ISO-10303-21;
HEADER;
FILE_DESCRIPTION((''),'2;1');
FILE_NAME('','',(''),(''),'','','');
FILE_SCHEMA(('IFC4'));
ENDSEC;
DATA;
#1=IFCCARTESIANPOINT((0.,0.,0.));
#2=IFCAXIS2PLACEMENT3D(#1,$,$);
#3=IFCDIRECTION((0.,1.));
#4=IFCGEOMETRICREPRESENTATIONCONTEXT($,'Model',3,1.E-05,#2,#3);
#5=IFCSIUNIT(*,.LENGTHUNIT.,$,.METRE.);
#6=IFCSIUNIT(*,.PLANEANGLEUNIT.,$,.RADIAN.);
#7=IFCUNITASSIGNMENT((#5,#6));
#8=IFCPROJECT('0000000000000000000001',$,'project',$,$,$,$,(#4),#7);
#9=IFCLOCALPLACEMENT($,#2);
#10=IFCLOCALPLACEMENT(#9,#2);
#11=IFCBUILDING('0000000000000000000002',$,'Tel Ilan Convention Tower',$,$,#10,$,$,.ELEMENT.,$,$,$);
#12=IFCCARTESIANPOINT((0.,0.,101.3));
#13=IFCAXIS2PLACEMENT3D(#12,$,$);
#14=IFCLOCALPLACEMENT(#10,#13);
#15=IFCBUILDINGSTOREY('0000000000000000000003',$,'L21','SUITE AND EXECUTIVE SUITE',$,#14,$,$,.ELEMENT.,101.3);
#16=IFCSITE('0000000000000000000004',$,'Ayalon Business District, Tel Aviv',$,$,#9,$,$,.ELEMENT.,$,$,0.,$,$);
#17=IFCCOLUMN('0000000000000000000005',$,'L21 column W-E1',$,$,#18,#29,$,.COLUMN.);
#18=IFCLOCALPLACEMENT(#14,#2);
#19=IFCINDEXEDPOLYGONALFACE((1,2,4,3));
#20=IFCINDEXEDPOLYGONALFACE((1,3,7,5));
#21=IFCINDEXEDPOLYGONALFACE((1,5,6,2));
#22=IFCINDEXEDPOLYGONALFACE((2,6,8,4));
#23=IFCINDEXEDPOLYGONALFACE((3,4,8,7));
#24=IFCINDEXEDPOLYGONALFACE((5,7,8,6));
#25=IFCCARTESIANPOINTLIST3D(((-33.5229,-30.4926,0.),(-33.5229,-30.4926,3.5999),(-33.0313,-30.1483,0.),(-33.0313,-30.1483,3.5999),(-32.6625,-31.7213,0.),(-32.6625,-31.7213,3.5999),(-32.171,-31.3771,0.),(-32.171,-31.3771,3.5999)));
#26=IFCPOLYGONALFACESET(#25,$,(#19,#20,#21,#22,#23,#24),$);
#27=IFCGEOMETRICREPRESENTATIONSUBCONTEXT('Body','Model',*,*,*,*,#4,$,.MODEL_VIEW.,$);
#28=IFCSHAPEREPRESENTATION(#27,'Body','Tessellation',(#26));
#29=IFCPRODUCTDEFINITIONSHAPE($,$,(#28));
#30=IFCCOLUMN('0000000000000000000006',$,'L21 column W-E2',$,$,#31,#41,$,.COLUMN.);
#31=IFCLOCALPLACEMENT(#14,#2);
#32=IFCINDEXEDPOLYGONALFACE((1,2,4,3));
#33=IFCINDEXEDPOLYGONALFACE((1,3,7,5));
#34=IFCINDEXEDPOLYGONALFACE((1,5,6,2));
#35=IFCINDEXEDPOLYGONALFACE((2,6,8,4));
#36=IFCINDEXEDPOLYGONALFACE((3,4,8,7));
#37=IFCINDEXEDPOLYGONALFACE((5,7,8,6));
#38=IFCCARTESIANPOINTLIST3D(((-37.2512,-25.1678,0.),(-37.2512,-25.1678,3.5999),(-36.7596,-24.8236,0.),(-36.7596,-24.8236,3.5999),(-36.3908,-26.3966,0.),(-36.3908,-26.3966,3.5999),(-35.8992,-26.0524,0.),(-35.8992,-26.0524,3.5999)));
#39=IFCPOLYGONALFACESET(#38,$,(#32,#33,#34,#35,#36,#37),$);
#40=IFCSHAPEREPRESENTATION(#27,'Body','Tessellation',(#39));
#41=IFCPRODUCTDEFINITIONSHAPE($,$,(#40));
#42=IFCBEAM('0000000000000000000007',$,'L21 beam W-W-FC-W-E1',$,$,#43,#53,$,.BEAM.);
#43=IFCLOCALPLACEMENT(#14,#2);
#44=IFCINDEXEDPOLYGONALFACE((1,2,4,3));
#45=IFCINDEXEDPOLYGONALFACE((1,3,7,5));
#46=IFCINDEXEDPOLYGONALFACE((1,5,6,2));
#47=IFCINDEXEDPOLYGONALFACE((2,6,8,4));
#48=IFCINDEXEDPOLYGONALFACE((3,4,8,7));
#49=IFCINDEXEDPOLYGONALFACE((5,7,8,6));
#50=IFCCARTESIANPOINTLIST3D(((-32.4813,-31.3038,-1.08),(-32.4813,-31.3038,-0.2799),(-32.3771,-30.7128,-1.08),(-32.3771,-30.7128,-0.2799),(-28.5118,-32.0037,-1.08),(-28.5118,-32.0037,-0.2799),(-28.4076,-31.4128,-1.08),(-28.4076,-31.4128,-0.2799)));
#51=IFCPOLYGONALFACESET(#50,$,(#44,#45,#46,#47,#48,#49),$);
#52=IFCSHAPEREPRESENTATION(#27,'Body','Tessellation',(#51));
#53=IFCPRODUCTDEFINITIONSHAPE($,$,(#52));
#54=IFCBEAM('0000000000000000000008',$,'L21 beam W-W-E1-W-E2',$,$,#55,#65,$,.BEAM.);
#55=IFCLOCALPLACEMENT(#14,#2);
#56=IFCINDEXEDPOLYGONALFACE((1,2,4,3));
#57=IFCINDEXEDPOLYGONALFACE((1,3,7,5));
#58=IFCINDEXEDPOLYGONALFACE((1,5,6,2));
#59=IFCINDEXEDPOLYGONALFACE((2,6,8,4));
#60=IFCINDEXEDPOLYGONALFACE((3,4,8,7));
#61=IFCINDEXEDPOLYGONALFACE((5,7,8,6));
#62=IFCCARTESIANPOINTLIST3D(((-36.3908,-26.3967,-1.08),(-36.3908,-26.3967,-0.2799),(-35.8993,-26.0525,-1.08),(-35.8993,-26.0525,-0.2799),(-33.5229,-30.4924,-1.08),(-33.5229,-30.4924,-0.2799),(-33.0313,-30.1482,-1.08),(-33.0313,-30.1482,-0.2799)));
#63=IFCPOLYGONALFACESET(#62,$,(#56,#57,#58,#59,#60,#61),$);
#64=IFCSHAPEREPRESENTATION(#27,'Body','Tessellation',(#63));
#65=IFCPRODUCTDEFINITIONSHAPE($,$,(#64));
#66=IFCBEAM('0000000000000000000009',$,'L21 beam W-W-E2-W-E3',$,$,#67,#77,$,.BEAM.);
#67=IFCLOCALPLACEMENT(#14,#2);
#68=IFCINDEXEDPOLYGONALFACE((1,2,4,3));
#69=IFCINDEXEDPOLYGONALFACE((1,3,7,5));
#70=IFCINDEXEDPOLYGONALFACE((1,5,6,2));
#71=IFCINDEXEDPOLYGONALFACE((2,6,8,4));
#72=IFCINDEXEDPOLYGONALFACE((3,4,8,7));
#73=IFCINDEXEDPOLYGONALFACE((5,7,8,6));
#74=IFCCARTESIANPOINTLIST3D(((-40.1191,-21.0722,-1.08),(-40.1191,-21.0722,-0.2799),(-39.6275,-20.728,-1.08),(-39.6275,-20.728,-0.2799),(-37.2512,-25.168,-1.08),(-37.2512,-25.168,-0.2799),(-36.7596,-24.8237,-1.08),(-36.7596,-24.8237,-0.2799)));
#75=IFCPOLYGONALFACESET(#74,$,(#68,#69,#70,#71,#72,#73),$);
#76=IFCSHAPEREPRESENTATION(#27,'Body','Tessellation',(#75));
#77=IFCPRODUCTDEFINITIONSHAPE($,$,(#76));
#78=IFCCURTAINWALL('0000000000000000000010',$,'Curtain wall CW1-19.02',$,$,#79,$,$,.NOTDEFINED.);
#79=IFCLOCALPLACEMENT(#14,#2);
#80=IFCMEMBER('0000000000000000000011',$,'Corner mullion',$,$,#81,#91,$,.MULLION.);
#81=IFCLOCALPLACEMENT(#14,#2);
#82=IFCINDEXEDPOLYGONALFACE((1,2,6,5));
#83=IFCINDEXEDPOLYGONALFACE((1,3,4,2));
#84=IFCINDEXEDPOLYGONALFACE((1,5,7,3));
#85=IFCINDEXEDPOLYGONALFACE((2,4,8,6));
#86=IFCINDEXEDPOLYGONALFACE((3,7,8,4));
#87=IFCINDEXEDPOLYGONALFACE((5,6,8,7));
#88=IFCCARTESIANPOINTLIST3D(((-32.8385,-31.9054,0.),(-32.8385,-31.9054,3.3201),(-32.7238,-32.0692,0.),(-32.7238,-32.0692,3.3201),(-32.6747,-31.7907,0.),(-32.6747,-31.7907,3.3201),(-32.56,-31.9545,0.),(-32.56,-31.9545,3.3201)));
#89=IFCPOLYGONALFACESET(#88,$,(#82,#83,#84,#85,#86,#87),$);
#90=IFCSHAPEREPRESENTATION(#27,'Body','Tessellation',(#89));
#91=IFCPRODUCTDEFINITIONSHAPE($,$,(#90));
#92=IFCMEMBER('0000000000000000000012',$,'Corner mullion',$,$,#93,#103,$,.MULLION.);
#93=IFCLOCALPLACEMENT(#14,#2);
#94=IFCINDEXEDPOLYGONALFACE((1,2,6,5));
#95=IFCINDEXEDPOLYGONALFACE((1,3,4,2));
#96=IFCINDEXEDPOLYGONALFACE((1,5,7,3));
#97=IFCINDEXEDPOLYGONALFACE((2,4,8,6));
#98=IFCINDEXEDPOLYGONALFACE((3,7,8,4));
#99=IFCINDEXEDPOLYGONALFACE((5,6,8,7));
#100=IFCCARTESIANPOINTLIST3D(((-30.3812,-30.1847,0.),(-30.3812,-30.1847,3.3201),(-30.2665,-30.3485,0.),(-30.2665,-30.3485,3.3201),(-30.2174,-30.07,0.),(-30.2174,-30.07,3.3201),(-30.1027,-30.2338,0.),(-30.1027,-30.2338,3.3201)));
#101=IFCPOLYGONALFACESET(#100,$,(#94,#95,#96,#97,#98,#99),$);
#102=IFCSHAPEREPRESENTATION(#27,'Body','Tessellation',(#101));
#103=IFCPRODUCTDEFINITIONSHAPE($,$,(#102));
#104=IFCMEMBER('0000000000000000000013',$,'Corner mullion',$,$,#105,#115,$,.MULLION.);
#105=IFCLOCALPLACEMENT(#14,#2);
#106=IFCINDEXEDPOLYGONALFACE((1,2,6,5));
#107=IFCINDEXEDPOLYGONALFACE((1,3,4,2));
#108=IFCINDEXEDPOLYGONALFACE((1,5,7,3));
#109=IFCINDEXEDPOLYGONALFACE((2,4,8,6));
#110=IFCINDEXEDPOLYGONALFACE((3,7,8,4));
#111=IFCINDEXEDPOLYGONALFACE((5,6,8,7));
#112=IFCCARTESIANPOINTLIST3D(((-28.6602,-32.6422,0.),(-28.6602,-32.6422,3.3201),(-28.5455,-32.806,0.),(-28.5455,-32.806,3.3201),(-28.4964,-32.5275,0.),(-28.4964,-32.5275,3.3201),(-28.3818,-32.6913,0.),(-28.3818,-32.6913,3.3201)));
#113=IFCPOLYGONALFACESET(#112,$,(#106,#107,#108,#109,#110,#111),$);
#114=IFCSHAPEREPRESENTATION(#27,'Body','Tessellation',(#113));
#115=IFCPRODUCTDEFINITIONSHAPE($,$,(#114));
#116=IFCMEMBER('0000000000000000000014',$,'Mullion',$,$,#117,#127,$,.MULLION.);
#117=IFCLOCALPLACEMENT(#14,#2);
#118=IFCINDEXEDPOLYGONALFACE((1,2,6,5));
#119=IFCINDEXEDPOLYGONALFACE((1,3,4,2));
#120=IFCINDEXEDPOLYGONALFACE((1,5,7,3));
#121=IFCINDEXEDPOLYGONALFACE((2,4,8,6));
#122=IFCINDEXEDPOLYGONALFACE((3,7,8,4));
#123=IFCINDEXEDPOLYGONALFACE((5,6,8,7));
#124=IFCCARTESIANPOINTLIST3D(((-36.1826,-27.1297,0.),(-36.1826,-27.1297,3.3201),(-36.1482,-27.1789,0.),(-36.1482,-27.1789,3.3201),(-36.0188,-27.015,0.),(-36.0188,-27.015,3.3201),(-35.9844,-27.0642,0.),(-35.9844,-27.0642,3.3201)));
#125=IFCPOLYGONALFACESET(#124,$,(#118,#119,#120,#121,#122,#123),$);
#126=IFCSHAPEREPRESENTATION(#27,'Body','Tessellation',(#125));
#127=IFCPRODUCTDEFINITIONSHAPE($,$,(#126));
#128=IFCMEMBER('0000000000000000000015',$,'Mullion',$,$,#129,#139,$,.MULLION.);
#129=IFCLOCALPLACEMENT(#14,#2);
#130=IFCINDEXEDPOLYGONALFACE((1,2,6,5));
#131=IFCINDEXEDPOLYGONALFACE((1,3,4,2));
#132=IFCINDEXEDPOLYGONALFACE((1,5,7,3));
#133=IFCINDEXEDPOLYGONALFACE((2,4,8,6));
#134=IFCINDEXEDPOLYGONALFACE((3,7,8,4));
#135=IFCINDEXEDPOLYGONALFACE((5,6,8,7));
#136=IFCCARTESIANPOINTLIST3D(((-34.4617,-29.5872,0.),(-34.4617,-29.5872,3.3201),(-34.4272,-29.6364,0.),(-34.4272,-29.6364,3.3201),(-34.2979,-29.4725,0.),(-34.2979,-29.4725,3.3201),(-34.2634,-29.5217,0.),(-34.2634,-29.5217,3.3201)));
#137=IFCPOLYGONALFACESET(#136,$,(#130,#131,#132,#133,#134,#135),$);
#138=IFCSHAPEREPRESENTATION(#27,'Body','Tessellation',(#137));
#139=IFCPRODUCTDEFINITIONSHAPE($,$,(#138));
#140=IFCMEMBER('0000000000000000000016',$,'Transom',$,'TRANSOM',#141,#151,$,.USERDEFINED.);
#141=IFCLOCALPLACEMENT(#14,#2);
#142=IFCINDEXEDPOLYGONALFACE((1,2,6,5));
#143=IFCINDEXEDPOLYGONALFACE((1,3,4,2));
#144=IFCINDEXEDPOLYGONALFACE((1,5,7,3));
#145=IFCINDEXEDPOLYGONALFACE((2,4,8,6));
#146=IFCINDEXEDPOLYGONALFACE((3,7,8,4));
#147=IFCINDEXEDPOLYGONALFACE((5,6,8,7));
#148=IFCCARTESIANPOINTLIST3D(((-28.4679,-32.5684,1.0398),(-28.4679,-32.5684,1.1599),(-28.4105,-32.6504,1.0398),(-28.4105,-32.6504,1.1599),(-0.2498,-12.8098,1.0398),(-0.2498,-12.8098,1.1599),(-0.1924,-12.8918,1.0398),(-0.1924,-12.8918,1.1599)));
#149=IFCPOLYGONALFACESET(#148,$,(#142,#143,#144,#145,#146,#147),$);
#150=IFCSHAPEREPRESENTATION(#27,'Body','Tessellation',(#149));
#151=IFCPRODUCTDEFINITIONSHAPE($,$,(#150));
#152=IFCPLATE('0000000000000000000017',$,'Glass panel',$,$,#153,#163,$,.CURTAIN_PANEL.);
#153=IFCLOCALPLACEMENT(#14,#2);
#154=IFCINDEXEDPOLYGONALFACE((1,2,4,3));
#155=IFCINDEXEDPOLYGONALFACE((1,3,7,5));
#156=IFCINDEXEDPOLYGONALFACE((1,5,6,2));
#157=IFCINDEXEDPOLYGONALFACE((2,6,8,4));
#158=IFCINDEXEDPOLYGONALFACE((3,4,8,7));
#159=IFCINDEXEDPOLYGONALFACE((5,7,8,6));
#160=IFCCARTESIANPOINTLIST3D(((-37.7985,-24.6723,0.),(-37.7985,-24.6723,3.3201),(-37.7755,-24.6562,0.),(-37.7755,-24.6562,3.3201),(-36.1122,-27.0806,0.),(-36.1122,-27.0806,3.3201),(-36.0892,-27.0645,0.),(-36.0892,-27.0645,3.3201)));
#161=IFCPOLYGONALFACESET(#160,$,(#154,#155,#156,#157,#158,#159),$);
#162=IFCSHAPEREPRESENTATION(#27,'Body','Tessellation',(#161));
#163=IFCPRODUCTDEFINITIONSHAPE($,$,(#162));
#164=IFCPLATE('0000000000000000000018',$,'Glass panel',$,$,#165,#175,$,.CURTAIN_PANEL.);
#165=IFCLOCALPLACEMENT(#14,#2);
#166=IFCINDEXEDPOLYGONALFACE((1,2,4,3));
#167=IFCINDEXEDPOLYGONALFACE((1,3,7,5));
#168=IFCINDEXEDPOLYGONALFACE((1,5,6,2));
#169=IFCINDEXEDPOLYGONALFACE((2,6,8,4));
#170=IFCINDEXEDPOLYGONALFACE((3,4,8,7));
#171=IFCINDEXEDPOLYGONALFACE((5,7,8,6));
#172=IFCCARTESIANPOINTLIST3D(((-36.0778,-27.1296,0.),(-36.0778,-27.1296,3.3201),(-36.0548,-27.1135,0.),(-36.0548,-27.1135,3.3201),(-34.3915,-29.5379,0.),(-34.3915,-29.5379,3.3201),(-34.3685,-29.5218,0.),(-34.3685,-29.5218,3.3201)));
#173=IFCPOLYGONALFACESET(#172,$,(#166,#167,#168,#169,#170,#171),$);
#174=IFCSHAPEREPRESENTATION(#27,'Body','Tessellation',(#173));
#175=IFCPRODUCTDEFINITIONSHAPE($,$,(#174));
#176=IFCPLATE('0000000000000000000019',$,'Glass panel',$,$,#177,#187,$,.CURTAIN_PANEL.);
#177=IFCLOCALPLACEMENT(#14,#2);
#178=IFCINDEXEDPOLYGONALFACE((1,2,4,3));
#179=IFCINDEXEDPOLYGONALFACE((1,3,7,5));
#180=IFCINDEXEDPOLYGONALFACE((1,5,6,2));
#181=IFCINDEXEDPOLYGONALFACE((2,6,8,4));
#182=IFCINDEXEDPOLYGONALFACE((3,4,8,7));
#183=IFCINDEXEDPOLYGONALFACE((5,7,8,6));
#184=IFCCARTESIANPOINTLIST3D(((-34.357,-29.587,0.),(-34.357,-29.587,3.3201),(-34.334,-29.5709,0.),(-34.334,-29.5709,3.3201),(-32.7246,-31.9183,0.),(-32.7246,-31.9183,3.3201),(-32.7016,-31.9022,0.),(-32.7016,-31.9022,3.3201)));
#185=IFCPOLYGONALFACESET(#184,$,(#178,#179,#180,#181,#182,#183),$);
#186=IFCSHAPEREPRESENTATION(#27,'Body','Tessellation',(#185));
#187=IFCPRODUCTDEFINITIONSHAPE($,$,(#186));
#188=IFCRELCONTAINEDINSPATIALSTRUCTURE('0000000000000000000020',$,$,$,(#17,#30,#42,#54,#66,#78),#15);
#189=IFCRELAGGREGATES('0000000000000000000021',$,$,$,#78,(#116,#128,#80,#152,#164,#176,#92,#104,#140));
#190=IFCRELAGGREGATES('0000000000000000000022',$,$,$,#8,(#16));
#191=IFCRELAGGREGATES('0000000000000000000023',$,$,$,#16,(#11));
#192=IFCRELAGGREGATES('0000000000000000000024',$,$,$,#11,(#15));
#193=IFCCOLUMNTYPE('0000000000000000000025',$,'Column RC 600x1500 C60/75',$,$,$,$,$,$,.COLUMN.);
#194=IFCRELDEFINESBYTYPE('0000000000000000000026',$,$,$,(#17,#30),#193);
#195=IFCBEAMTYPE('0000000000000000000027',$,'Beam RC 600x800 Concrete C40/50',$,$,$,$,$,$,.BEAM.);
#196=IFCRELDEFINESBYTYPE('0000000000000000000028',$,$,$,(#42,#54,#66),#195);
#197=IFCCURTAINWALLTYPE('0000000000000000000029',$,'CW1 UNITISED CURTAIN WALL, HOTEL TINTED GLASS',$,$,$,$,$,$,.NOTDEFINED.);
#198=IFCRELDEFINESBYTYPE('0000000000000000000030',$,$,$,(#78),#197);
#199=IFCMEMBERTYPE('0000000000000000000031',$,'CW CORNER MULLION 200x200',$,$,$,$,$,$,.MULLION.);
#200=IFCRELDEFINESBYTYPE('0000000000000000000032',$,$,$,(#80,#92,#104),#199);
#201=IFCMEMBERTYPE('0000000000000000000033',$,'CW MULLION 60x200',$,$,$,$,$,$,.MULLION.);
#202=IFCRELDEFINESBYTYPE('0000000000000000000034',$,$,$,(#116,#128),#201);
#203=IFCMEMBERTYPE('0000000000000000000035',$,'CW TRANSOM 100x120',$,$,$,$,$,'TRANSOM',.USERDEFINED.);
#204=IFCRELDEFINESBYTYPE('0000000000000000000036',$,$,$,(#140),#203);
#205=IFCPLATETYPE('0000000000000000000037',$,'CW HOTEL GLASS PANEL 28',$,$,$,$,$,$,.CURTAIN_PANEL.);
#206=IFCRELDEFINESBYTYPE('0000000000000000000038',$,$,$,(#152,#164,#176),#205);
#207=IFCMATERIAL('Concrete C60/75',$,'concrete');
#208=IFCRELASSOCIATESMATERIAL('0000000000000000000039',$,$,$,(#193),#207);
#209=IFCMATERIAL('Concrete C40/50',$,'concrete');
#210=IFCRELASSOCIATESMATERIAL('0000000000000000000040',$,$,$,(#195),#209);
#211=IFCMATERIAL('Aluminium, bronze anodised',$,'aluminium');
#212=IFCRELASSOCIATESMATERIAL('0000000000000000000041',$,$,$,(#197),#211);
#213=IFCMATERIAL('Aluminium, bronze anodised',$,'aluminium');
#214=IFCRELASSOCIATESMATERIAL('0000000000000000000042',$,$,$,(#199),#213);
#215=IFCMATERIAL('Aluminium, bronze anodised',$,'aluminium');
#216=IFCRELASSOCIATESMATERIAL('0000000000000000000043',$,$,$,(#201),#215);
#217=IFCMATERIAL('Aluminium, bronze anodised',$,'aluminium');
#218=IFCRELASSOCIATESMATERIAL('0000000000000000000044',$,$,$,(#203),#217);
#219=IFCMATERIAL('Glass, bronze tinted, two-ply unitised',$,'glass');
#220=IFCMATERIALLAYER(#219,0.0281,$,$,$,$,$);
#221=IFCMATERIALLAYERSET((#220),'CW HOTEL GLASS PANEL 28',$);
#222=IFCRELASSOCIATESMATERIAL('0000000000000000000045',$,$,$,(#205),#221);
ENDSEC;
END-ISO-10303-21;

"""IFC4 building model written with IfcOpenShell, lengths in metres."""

from ifc_helpers import new_model, si_unit, direction, frame, origin, origin_2d, place, context, subcontext, project, spatial, rectangle, extrude, material, layer, layer_set, material_profile, profile_set, type_object, element, aggregate, save


model = new_model("IFC4")

# Units and contexts
model_context = context("Model", 3, precision=1e-05, world=origin(), true_north=direction((0.0, 1.0)))
body_context = subcontext(model_context, "Body", "Model", "MODEL_VIEW")
ifc_project = project(units=[si_unit("LENGTHUNIT", "METRE"), si_unit("PLANEANGLEUNIT", "RADIAN")], contexts=[model_context])

# Site, building, storey
site_placement = place(None, origin())
site = spatial("IfcSite", under=ifc_project, at=site_placement, Name="Ayalon Business District, Tel Aviv", CompositionType="ELEMENT", RefElevation=0.0)
building_placement = place(site_placement, origin())
building = spatial("IfcBuilding", under=site, at=building_placement, Name="Tel Ilan Convention Tower", CompositionType="ELEMENT")
storey_placement = place(building_placement, frame((0.0, 0.0, 101.3)))
storey = spatial("IfcBuildingStorey", under=building, at=storey_placement, Name="L21", Description="SUITE AND EXECUTIVE SUITE", CompositionType="ELEMENT", Elevation=101.3)

# Columns
ifc_material_1 = material(Name="Concrete C60/75", Category="concrete")
ifc_material_profile_1 = material_profile(ifc_material_1, rectangle(XDim=1.5, YDim=0.6001, at=origin_2d()), Name="RC 600x1500")
ifc_profile_set_1 = profile_set([ifc_material_profile_1], Name="Concrete C60/75")
column_type = type_object("IfcColumnType", Name="Column RC 600x1500 C60/75", PredefinedType="COLUMN", material=ifc_profile_set_1)
for number, where, z_axis, x_axis, name in (
    (1, (-32.8469, -30.9348, 0.0), (0.0, 0.0, 1.0), (-0.573576, 0.819152, 0.0), "L21 column W-E1"),
    (2, (-36.5752, -25.6101, 0.0), (0.0, 0.0, 1.0), (-0.573576, 0.819152, 0.0), "L21 column W-E2"),
):
    element("IfcColumn", number, at=place(storey_placement, frame(where, z_axis=z_axis, x_axis=x_axis)), inside=storey, type_object=column_type, Name=name, PredefinedType="COLUMN", context=body_context, shape_type="SweptSolid", body=[
        extrude(rectangle(XDim=1.5, YDim=0.6001, at=origin_2d()), origin(), (0.0, 0.0, 1.0), 3.5999),
    ])

# Beams
ifc_material_2 = material(Name="Concrete C40/50", Category="concrete")
ifc_material_profile_2 = material_profile(ifc_material_2, rectangle(XDim=0.6001, YDim=0.8, at=origin_2d()), Name="RC 600x800")
ifc_profile_set_2 = profile_set([ifc_material_profile_2], Name="Concrete C40/50")
beam_type = type_object("IfcBeamType", Name="Beam RC 600x800 Concrete C40/50", PredefinedType="BEAM", material=ifc_profile_set_2)
beam_placement = place(storey_placement, frame((-28.4597, -31.7083, -0.6799), z_axis=(-0.984807, 0.173654, 0.0), x_axis=(-0.173654, -0.984807, 0.0)))
element("IfcBeam", 3, at=beam_placement, inside=storey, type_object=beam_type, Name="L21 beam W-W-FC-W-E1", PredefinedType="BEAM", context=body_context, shape_type="SweptSolid", body=[
    extrude(rectangle(XDim=0.6001, YDim=0.8, at=origin_2d()), origin(), (0.0, 0.0, 1.0), 4.0308),
])
for number, where, z_axis, x_axis, name in (
    (4, (-33.2771, -30.3203, -0.6799), (-0.573587, 0.819145, 0.0), (-0.819145, -0.573587, 0.0), "L21 beam W-W-E1-W-E2"),
    (5, (-37.0054, -24.9958, -0.6799), (-0.573587, 0.819145, 0.0), (-0.819145, -0.573587, 0.0), "L21 beam W-W-E2-W-E3"),
):
    element("IfcBeam", number, at=place(storey_placement, frame(where, z_axis=z_axis, x_axis=x_axis)), inside=storey, type_object=beam_type, Name=name, PredefinedType="BEAM", context=body_context, shape_type="SweptSolid", body=[
        extrude(rectangle(XDim=0.6001, YDim=0.8, at=origin_2d()), origin(), (0.0, 0.0, 1.0), 5.0),
    ])

# Curtain wall, members, plates
ifc_material_3 = material(Name="Aluminium, bronze anodised", Category="aluminium")
curtain_wall_type = type_object("IfcCurtainWallType", Name="CW1 UNITISED CURTAIN WALL, HOTEL TINTED GLASS", PredefinedType="NOTDEFINED", material=ifc_material_3)
curtain_wall_placement = place(storey_placement, origin())
curtain_wall = element("IfcCurtainWall", 6, at=curtain_wall_placement, inside=storey, type_object=curtain_wall_type, Name="Curtain wall CW1-19.02", PredefinedType="NOTDEFINED")
ifc_material_4 = material(Name="Aluminium, bronze anodised", Category="aluminium")
ifc_material_profile_3 = material_profile(ifc_material_4, rectangle(XDim=0.2, YDim=0.2, at=origin_2d()), Name="CW CORNER MULLION 200x200")
ifc_profile_set_3 = profile_set([ifc_material_profile_3], Name="Aluminium, bronze anodised")
member_type_1 = type_object("IfcMemberType", Name="CW CORNER MULLION 200x200", PredefinedType="MULLION", material=ifc_profile_set_3)
member_1_placement = place(storey_placement, frame((-32.6992, -31.9299, 0.0), z_axis=(0.0, 0.0, 1.0), x_axis=(0.573576, -0.819152, 0.0)))
member_1 = element("IfcMember", 7, at=member_1_placement, type_object=member_type_1, Name="Corner mullion", PredefinedType="MULLION", context=body_context, shape_type="SweptSolid", body=[
    extrude(rectangle(XDim=0.2, YDim=0.2, at=origin_2d()), origin(), (0.0, 0.0, 1.0), 3.3201),
])
member_2_placement = place(storey_placement, frame((-30.2419, -30.2092, 0.0), z_axis=(0.0, 0.0, 1.0), x_axis=(0.819152, 0.573576, 0.0)))
member_2 = element("IfcMember", 8, at=member_2_placement, type_object=member_type_1, Name="Corner mullion", PredefinedType="MULLION", context=body_context, shape_type="SweptSolid", body=[
    extrude(rectangle(XDim=0.2, YDim=0.2, at=origin_2d()), origin(), (0.0, 0.0, 1.0), 3.3201),
])
member_3_placement = place(storey_placement, frame((-28.521, -32.6667, 0.0), z_axis=(0.0, 0.0, 1.0), x_axis=(0.573576, -0.819152, 0.0)))
member_3 = element("IfcMember", 9, at=member_3_placement, type_object=member_type_1, Name="Corner mullion", PredefinedType="MULLION", context=body_context, shape_type="SweptSolid", body=[
    extrude(rectangle(XDim=0.2, YDim=0.2, at=origin_2d()), origin(), (0.0, 0.0, 1.0), 3.3201),
])
ifc_material_5 = material(Name="Aluminium, bronze anodised", Category="aluminium")
ifc_material_profile_4 = material_profile(ifc_material_5, rectangle(XDim=0.0601, YDim=0.2, at=origin_2d()), Name="CW MULLION 60x200")
ifc_profile_set_4 = profile_set([ifc_material_profile_4], Name="Aluminium, bronze anodised")
member_type_2 = type_object("IfcMemberType", Name="CW MULLION 60x200", PredefinedType="MULLION", material=ifc_profile_set_4)
member_4_placement = place(storey_placement, frame((-36.0835, -27.0969, 0.0), z_axis=(0.0, 0.0, 1.0), x_axis=(0.573576, -0.819152, 0.0)))
member_4 = element("IfcMember", 10, at=member_4_placement, type_object=member_type_2, Name="Mullion", PredefinedType="MULLION", context=body_context, shape_type="SweptSolid", body=[
    extrude(rectangle(XDim=0.0601, YDim=0.2, at=origin_2d()), origin(), (0.0, 0.0, 1.0), 3.3201),
])
member_5_placement = place(storey_placement, frame((-34.3625, -29.5544, 0.0), z_axis=(0.0, 0.0, 1.0), x_axis=(0.573576, -0.819152, 0.0)))
member_5 = element("IfcMember", 11, at=member_5_placement, type_object=member_type_2, Name="Mullion", PredefinedType="MULLION", context=body_context, shape_type="SweptSolid", body=[
    extrude(rectangle(XDim=0.0601, YDim=0.2, at=origin_2d()), origin(), (0.0, 0.0, 1.0), 3.3201),
])
ifc_material_6 = material(Name="Aluminium, bronze anodised", Category="aluminium")
ifc_material_profile_5 = material_profile(ifc_material_6, rectangle(XDim=0.1001, YDim=0.1201, at=origin_2d()), Name="CW TRANSOM 100x120")
ifc_profile_set_5 = profile_set([ifc_material_profile_5], Name="Aluminium, bronze anodised")
member_type_3 = type_object("IfcMemberType", Name="CW TRANSOM 100x120", ElementType="TRANSOM", PredefinedType="USERDEFINED", material=ifc_profile_set_5)
member_6_placement = place(storey_placement, frame((-28.4392, -32.6094, 1.0999), z_axis=(0.819151, 0.573578, 0.0), x_axis=(-0.573578, 0.819151, 0.0)))
member_6 = element("IfcMember", 12, at=member_6_placement, type_object=member_type_3, Name="Transom", ObjectType="TRANSOM", PredefinedType="USERDEFINED", context=body_context, shape_type="SweptSolid", body=[
    extrude(rectangle(XDim=0.1001, YDim=0.1201, at=origin_2d()), origin(), (0.0, 0.0, 1.0), 34.448),
])
ifc_material_7 = material(Name="Glass, bronze tinted, two-ply unitised", Category="glass")
ifc_layer_1 = layer(ifc_material_7, 0.0281)
ifc_layer_set_1 = layer_set([ifc_layer_1], Name="CW HOTEL GLASS PANEL 28")
plate_type = type_object("IfcPlateType", Name="CW HOTEL GLASS PANEL 28", PredefinedType="CURTAIN_PANEL", material=ifc_layer_set_1)
plate_1_placement = place(storey_placement, frame((-36.9438, -25.8684, 0.0), z_axis=(0.0, 0.0, 1.0), x_axis=(0.573576, -0.819152, 0.0)))
plate_1 = element("IfcPlate", 13, at=plate_1_placement, type_object=plate_type, Name="Glass panel", PredefinedType="CURTAIN_PANEL", context=body_context, shape_type="SweptSolid", body=[
    extrude(rectangle(XDim=2.9399, YDim=0.0281, at=origin_2d()), origin(), (0.0, 0.0, 1.0), 3.3201),
])
plate_2_placement = place(storey_placement, frame((-35.2231, -28.3257, 0.0), z_axis=(0.0, 0.0, 1.0), x_axis=(0.573576, -0.819152, 0.0)))
plate_2 = element("IfcPlate", 14, at=plate_2_placement, type_object=plate_type, Name="Glass panel", PredefinedType="CURTAIN_PANEL", context=body_context, shape_type="SweptSolid", body=[
    extrude(rectangle(XDim=2.9399, YDim=0.0281, at=origin_2d()), origin(), (0.0, 0.0, 1.0), 3.3201),
])
plate_3_placement = place(storey_placement, frame((-33.5293, -30.7446, 0.0), z_axis=(0.0, 0.0, 1.0), x_axis=(0.573576, -0.819152, 0.0)))
plate_3 = element("IfcPlate", 15, at=plate_3_placement, type_object=plate_type, Name="Glass panel", PredefinedType="CURTAIN_PANEL", context=body_context, shape_type="SweptSolid", body=[
    extrude(rectangle(XDim=2.8459, YDim=0.0281, at=origin_2d()), origin(), (0.0, 0.0, 1.0), 3.3201),
])
aggregate(curtain_wall, [member_4, member_5, member_1, plate_1, plate_2, plate_3, member_2, member_3, member_6])

save(model, "model.ifc")
